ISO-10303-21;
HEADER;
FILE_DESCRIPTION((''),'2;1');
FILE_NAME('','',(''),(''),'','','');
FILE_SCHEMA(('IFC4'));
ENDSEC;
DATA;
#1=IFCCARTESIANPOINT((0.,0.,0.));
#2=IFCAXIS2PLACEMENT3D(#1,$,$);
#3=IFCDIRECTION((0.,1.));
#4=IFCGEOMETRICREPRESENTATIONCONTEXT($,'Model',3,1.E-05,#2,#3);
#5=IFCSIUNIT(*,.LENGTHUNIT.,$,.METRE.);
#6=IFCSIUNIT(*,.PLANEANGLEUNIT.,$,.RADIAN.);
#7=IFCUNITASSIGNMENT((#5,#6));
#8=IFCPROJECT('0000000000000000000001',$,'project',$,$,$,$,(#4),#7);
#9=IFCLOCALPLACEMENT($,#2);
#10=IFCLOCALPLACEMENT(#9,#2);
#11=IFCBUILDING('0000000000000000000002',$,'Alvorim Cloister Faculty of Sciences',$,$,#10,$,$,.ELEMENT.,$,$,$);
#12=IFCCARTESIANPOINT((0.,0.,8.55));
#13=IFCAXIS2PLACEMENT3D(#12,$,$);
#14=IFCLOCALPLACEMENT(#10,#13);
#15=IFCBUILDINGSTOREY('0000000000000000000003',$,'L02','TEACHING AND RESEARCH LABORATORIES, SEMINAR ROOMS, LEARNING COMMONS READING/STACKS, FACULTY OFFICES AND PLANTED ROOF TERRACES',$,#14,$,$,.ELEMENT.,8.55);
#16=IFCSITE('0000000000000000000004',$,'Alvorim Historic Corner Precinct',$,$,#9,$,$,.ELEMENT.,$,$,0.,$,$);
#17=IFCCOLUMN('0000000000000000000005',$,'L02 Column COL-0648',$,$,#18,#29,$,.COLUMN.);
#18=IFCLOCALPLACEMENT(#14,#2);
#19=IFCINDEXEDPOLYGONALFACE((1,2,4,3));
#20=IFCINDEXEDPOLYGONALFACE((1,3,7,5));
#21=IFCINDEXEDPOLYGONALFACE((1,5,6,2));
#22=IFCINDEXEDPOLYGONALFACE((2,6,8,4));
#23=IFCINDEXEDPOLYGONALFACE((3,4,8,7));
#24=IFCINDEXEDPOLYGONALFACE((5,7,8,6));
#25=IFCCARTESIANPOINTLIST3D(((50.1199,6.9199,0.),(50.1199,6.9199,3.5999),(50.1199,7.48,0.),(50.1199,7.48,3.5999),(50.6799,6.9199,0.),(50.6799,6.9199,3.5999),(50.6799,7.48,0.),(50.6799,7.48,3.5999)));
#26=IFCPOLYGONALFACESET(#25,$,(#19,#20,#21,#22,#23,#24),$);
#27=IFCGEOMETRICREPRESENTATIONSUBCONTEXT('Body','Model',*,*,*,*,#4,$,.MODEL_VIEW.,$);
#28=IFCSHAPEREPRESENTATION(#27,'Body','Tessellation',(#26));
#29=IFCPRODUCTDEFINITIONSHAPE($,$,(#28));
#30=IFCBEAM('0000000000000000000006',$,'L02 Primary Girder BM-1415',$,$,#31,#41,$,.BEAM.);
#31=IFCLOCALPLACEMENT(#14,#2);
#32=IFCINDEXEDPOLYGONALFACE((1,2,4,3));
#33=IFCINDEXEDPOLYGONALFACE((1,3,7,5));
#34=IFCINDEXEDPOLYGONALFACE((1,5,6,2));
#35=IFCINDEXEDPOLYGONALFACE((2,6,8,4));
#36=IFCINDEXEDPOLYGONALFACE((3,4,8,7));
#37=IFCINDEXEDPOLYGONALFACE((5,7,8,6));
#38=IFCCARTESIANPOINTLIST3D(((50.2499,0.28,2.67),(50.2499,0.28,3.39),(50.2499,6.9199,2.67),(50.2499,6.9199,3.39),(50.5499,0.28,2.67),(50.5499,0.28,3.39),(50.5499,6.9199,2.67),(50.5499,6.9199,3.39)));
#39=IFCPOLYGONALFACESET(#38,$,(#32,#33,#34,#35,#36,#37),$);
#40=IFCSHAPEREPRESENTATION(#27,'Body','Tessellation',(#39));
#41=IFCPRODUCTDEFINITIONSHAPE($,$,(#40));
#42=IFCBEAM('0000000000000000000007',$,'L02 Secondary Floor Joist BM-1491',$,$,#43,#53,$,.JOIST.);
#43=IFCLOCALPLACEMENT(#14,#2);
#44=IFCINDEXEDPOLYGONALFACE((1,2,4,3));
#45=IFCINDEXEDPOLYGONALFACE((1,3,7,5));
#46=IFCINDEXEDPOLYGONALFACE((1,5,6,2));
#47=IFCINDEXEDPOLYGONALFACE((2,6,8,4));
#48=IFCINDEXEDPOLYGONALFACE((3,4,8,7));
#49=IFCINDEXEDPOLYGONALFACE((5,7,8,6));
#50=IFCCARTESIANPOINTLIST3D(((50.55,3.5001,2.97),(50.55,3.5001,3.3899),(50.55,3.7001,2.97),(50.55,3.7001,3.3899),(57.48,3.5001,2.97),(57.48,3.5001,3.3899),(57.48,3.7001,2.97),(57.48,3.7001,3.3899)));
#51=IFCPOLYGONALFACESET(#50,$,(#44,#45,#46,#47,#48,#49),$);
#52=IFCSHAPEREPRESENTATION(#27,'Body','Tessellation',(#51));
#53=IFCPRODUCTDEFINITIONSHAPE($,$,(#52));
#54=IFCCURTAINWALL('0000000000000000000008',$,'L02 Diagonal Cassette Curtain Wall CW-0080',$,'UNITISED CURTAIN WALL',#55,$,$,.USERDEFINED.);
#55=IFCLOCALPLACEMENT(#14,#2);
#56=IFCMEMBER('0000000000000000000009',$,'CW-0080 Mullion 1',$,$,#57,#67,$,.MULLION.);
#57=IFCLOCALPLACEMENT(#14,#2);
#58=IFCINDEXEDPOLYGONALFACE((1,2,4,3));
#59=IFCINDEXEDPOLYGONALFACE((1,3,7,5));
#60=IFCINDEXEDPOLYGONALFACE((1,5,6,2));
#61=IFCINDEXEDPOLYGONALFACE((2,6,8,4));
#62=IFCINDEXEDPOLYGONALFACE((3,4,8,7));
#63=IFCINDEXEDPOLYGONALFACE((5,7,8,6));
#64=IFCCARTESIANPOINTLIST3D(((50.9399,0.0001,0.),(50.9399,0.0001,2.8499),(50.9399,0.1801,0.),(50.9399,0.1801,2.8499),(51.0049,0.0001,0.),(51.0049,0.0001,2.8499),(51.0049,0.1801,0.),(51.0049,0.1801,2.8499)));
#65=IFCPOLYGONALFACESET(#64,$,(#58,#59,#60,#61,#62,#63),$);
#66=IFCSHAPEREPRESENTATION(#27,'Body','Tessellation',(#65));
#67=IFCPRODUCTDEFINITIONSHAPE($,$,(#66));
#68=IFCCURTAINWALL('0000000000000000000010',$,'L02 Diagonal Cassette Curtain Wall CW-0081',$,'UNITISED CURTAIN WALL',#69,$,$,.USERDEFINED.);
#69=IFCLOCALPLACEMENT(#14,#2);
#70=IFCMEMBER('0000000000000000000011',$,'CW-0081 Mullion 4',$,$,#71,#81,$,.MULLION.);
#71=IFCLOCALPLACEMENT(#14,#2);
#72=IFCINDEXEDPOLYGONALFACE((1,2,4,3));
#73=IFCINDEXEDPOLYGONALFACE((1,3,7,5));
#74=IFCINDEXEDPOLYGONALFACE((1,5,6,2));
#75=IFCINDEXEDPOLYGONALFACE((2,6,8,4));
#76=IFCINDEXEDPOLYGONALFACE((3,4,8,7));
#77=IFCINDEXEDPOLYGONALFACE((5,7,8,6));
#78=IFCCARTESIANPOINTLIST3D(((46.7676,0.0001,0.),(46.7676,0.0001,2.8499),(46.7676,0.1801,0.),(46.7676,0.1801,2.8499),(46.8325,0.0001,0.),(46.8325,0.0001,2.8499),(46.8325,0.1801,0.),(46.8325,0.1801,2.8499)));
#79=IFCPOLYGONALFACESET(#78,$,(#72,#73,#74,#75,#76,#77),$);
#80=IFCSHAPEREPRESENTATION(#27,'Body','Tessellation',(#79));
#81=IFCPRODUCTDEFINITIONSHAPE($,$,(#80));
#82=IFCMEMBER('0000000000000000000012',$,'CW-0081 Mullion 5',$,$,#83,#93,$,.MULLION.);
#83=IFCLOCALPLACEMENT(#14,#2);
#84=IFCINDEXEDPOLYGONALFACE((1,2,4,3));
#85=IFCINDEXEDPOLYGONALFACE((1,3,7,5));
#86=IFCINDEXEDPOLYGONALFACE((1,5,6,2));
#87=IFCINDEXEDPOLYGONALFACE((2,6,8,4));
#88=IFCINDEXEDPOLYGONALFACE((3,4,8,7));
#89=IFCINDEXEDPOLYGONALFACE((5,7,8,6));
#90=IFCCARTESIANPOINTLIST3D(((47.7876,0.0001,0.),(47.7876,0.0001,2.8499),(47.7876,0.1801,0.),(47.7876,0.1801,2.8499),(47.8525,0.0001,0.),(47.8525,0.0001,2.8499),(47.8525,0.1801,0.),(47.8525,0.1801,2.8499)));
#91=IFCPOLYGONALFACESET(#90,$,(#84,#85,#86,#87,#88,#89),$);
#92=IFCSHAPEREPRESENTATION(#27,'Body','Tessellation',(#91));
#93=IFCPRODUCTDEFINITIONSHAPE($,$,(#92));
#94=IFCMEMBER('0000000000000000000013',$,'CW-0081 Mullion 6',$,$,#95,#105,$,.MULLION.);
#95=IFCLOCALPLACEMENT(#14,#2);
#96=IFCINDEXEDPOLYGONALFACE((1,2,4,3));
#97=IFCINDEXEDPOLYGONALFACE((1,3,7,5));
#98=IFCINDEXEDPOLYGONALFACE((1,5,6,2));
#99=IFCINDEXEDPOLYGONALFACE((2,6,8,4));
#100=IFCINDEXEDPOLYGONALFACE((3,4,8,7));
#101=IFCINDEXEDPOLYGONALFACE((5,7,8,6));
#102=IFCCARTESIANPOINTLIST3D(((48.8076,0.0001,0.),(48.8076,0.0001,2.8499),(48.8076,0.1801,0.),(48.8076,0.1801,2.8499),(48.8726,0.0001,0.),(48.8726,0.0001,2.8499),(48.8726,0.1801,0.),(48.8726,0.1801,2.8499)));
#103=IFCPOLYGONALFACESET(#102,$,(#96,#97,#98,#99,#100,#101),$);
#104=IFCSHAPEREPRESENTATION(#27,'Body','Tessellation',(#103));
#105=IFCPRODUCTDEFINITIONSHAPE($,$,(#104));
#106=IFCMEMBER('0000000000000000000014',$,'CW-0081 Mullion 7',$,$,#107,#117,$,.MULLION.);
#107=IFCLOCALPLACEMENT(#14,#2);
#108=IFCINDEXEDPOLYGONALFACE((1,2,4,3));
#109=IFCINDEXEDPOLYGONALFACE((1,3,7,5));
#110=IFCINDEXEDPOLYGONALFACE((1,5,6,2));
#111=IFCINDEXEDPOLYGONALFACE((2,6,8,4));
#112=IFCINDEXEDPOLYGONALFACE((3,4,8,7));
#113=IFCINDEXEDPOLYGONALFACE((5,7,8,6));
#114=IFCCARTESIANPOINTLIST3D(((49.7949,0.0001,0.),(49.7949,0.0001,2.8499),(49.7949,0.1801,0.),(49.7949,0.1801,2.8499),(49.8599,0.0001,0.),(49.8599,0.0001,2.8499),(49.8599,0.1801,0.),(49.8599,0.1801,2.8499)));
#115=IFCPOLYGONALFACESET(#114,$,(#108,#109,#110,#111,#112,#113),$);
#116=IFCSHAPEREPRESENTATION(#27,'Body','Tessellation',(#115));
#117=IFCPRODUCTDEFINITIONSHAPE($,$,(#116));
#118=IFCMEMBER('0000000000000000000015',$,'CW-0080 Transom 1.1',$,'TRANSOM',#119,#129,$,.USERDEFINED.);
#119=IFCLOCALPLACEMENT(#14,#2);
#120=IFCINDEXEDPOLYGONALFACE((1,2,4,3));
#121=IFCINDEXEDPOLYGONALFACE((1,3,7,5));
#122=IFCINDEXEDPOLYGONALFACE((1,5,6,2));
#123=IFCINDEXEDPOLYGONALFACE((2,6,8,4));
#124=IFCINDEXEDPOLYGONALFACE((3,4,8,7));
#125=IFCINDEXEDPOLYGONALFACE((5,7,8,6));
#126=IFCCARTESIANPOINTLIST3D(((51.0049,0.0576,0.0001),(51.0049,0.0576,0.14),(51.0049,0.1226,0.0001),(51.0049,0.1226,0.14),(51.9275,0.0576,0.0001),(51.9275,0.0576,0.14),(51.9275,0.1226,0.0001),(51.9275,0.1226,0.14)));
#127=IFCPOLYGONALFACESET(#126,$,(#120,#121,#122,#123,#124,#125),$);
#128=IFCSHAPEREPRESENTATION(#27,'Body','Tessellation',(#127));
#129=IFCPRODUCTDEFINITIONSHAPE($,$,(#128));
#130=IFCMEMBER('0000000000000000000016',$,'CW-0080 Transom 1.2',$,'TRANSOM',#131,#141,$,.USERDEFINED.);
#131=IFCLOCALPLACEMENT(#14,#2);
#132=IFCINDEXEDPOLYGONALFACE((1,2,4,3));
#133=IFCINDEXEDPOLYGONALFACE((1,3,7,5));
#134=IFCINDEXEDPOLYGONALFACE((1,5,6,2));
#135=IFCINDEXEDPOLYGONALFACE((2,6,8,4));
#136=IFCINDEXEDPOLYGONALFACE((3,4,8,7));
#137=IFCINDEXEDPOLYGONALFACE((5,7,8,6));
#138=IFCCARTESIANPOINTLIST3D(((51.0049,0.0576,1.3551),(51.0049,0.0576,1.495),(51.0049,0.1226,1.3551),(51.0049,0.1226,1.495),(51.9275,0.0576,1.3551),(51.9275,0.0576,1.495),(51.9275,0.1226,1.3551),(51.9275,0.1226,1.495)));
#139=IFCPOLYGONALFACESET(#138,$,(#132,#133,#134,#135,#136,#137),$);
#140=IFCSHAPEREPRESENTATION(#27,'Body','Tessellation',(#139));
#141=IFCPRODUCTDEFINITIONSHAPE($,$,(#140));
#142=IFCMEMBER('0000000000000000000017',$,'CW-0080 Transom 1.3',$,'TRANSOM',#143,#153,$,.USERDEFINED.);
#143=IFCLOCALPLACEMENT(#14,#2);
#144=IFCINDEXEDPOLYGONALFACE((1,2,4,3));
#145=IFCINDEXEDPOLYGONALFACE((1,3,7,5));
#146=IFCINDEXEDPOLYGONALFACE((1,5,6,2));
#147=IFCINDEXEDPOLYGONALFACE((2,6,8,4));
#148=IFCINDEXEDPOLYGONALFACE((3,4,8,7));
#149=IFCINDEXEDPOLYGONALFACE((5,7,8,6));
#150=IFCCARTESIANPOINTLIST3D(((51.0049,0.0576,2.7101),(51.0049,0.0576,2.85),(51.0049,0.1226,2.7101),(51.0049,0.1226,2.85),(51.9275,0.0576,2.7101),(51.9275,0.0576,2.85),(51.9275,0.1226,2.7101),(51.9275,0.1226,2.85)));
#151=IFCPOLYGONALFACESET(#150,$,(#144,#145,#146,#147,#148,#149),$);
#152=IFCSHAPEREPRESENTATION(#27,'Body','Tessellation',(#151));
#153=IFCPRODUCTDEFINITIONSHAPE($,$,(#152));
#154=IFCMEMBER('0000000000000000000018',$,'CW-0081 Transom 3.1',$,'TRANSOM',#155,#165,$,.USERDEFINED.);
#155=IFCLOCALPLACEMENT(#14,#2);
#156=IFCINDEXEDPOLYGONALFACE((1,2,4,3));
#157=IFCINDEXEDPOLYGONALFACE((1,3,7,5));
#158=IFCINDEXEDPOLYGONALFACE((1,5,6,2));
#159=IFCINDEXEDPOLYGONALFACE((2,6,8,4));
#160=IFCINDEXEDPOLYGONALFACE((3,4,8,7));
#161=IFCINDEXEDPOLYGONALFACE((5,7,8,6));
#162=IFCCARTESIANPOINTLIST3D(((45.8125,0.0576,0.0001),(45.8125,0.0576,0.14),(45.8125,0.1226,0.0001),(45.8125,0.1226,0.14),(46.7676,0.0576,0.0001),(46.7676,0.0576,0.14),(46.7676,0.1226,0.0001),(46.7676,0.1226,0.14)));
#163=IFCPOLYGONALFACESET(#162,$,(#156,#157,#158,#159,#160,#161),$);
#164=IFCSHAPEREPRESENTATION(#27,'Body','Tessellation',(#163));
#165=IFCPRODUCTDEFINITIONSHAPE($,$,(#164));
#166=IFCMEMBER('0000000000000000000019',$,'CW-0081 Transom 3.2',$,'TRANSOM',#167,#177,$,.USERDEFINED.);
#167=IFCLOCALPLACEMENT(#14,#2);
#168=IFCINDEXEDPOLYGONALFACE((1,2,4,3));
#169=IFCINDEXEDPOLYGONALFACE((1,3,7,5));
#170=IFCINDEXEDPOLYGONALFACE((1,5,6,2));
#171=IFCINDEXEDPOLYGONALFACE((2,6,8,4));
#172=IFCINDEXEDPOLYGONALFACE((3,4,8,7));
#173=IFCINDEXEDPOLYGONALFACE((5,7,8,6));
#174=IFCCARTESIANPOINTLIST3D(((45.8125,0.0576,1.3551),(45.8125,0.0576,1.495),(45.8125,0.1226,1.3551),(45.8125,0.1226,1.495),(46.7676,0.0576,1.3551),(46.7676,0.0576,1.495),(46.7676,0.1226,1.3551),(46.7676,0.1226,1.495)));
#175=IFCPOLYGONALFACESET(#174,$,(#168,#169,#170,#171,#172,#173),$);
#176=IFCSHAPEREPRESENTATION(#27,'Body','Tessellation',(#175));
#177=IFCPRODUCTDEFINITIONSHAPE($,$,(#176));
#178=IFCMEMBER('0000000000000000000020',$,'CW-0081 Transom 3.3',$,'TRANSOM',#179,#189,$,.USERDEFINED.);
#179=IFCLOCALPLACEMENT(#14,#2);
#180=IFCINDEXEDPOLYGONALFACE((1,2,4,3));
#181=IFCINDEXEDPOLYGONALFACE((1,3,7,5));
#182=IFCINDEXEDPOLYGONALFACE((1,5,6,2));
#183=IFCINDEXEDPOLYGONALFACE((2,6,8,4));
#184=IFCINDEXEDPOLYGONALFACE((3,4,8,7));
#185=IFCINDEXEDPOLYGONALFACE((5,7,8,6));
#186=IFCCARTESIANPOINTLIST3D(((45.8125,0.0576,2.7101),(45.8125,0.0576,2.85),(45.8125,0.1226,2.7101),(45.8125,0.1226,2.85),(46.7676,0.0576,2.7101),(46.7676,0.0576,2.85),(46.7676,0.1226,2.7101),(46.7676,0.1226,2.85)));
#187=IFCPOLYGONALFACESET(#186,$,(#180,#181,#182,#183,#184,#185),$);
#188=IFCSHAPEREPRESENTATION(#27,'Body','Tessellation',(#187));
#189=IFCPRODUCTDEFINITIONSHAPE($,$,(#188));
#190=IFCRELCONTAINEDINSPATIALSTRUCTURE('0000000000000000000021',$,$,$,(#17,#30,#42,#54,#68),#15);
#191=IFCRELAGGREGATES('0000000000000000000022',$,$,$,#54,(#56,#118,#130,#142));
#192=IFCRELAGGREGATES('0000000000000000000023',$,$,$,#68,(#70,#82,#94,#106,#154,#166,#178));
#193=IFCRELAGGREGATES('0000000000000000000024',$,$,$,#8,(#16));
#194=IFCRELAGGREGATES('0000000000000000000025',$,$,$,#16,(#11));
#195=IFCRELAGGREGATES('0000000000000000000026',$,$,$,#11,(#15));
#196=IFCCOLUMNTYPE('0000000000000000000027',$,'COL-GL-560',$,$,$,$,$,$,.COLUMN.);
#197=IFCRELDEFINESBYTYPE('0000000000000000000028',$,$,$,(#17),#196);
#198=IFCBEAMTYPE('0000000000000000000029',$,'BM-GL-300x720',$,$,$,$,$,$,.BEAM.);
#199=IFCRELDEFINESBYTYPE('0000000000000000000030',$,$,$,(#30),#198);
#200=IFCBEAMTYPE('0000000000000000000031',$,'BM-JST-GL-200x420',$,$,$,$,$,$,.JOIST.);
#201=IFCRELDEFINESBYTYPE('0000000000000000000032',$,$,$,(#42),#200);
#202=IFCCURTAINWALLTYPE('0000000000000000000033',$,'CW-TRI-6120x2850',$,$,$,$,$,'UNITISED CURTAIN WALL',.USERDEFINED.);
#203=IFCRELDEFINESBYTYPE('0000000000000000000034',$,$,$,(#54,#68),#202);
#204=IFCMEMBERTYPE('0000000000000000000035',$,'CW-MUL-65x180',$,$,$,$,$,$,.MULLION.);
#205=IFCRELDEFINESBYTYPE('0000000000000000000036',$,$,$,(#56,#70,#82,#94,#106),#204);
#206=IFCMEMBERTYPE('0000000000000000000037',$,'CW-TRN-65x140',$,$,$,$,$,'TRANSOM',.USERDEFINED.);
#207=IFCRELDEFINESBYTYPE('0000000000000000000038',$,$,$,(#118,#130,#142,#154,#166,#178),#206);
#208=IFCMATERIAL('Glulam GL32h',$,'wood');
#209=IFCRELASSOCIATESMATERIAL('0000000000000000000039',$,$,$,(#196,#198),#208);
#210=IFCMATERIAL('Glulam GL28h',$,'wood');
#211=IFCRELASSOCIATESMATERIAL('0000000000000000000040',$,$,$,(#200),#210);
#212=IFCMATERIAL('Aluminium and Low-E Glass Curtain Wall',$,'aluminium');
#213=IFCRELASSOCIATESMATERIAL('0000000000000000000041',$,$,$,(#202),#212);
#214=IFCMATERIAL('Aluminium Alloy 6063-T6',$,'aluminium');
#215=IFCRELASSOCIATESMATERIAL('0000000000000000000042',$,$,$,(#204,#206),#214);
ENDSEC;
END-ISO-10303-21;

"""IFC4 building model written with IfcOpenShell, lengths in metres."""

from ifc_helpers import new_model, si_unit, direction, frame, origin, origin_2d, place, context, subcontext, project, spatial, rectangle, extrude, material, material_profile, profile_set, type_object, element, aggregate, save


model = new_model("IFC4")

# Units and contexts
model_context = context("Model", 3, precision=1e-05, world=origin(), true_north=direction((0.0, 1.0)))
body_context = subcontext(model_context, "Body", "Model", "MODEL_VIEW")
ifc_project = project(units=[si_unit("LENGTHUNIT", "METRE"), si_unit("PLANEANGLEUNIT", "RADIAN")], contexts=[model_context])

# Site, building, storey
site_placement = place(None, origin())
site = spatial("IfcSite", under=ifc_project, at=site_placement, Name="Alvorim Historic Corner Precinct", CompositionType="ELEMENT", RefElevation=0.0)
building_placement = place(site_placement, origin())
building = spatial("IfcBuilding", under=site, at=building_placement, Name="Alvorim Cloister Faculty of Sciences", CompositionType="ELEMENT")
storey_placement = place(building_placement, frame((0.0, 0.0, 8.55)))
storey = spatial("IfcBuildingStorey", under=building, at=storey_placement, Name="L02", Description="TEACHING AND RESEARCH LABORATORIES, SEMINAR ROOMS, LEARNING COMMONS READING/STACKS, FACULTY OFFICES AND PLANTED ROOF TERRACES", CompositionType="ELEMENT", Elevation=8.55)

# Column
ifc_material_1 = material(Name="Glulam GL32h", Category="wood")
ifc_material_profile_1 = material_profile(ifc_material_1, rectangle(XDim=0.5601, YDim=0.5601, at=origin_2d()), Name="GL32-COL-560x560")
ifc_profile_set_1 = profile_set([ifc_material_profile_1], Name="Glulam GL32h")
column_type = type_object("IfcColumnType", Name="COL-GL-560", PredefinedType="COLUMN", material=ifc_profile_set_1)
column_placement = place(storey_placement, frame((50.3999, 7.2, 0.0), z_axis=(0.0, 0.0, 1.0), x_axis=(1.0, 0.0, 0.0)))
element("IfcColumn", 1, at=column_placement, inside=storey, type_object=column_type, Name="L02 Column COL-0648", PredefinedType="COLUMN", context=body_context, shape_type="SweptSolid", body=[
    extrude(rectangle(XDim=0.5601, YDim=0.5601, at=origin_2d()), origin(), (0.0, 0.0, 1.0), 3.5999),
])

# Beams
ifc_material_profile_2 = material_profile(ifc_material_1, rectangle(XDim=0.3, YDim=0.72, at=origin_2d()), Name="GL32-BM-300x720")
ifc_profile_set_2 = profile_set([ifc_material_profile_2], Name="Glulam GL32h")
beam_type_1 = type_object("IfcBeamType", Name="BM-GL-300x720", PredefinedType="BEAM", material=ifc_profile_set_2)
beam_1_placement = place(storey_placement, frame((50.3999, 0.28, 3.03), z_axis=(0.0, 1.0, 0.0), x_axis=(-1.0, 0.0, 0.0)))
element("IfcBeam", 2, at=beam_1_placement, inside=storey, type_object=beam_type_1, Name="L02 Primary Girder BM-1415", PredefinedType="BEAM", context=body_context, shape_type="SweptSolid", body=[
    extrude(rectangle(XDim=0.3, YDim=0.72, at=origin_2d()), origin(), (0.0, 0.0, 1.0), 6.6399),
])
ifc_material_2 = material(Name="Glulam GL28h", Category="wood")
ifc_material_profile_3 = material_profile(ifc_material_2, rectangle(XDim=0.2, YDim=0.4199, at=origin_2d()), Name="GL28-JST-200x420")
ifc_profile_set_3 = profile_set([ifc_material_profile_3], Name="Glulam GL28h")
beam_type_2 = type_object("IfcBeamType", Name="BM-JST-GL-200x420", PredefinedType="JOIST", material=ifc_profile_set_3)
beam_2_placement = place(storey_placement, frame((50.55, 3.6001, 3.1799), z_axis=(1.0, 0.0, 0.0), x_axis=(0.0, 1.0, 0.0)))
element("IfcBeam", 3, at=beam_2_placement, inside=storey, type_object=beam_type_2, Name="L02 Secondary Floor Joist BM-1491", PredefinedType="JOIST", context=body_context, shape_type="SweptSolid", body=[
    extrude(rectangle(XDim=0.2, YDim=0.4199, at=origin_2d()), origin(), (0.0, 0.0, 1.0), 6.9299),
])

# Curtain wall, member
ifc_material_3 = material(Name="Aluminium and Low-E Glass Curtain Wall", Category="aluminium")
curtain_wall_type = type_object("IfcCurtainWallType", Name="CW-TRI-6120x2850", ElementType="UNITISED CURTAIN WALL", PredefinedType="USERDEFINED", material=ifc_material_3)
curtain_wall_1_placement = place(storey_placement, origin())
curtain_wall_1 = element("IfcCurtainWall", 4, at=curtain_wall_1_placement, inside=storey, type_object=curtain_wall_type, Name="L02 Diagonal Cassette Curtain Wall CW-0080", ObjectType="UNITISED CURTAIN WALL", PredefinedType="USERDEFINED")
ifc_material_4 = material(Name="Aluminium Alloy 6063-T6", Category="aluminium")
ifc_material_profile_4 = material_profile(ifc_material_4, rectangle(XDim=0.0649, YDim=0.1799, at=origin_2d()), Name="ALU-MUL-65x180")
ifc_profile_set_4 = profile_set([ifc_material_profile_4], Name="Aluminium Alloy 6063-T6")
member_type_1 = type_object("IfcMemberType", Name="CW-MUL-65x180", PredefinedType="MULLION", material=ifc_profile_set_4)
member_1_placement = place(storey_placement, frame((50.9724, 0.0901, 0.0), z_axis=(0.0, 0.0, 1.0), x_axis=(1.0, 0.0, 0.0)))
member_1 = element("IfcMember", 5, at=member_1_placement, type_object=member_type_1, Name="CW-0080 Mullion 1", PredefinedType="MULLION", context=body_context, shape_type="SweptSolid", body=[
    extrude(rectangle(XDim=0.0649, YDim=0.1799, at=origin_2d()), origin(), (0.0, 0.0, 1.0), 2.8499),
])

# Curtain wall, members
curtain_wall_2_placement = place(storey_placement, origin())
curtain_wall_2 = element("IfcCurtainWall", 6, at=curtain_wall_2_placement, inside=storey, type_object=curtain_wall_type, Name="L02 Diagonal Cassette Curtain Wall CW-0081", ObjectType="UNITISED CURTAIN WALL", PredefinedType="USERDEFINED")
member_2_placement = place(storey_placement, frame((46.8, 0.0901, 0.0), z_axis=(0.0, 0.0, 1.0), x_axis=(1.0, 0.0, 0.0)))
member_2 = element("IfcMember", 7, at=member_2_placement, type_object=member_type_1, Name="CW-0081 Mullion 4", PredefinedType="MULLION", context=body_context, shape_type="SweptSolid", body=[
    extrude(rectangle(XDim=0.0649, YDim=0.1799, at=origin_2d()), origin(), (0.0, 0.0, 1.0), 2.8499),
])
member_3_placement = place(storey_placement, frame((47.8201, 0.0901, 0.0), z_axis=(0.0, 0.0, 1.0), x_axis=(1.0, 0.0, 0.0)))
member_3 = element("IfcMember", 8, at=member_3_placement, type_object=member_type_1, Name="CW-0081 Mullion 5", PredefinedType="MULLION", context=body_context, shape_type="SweptSolid", body=[
    extrude(rectangle(XDim=0.0649, YDim=0.1799, at=origin_2d()), origin(), (0.0, 0.0, 1.0), 2.8499),
])
member_4_placement = place(storey_placement, frame((48.8401, 0.0901, 0.0), z_axis=(0.0, 0.0, 1.0), x_axis=(1.0, 0.0, 0.0)))
member_4 = element("IfcMember", 9, at=member_4_placement, type_object=member_type_1, Name="CW-0081 Mullion 6", PredefinedType="MULLION", context=body_context, shape_type="SweptSolid", body=[
    extrude(rectangle(XDim=0.0649, YDim=0.1799, at=origin_2d()), origin(), (0.0, 0.0, 1.0), 2.8499),
])
member_5_placement = place(storey_placement, frame((49.8274, 0.0901, 0.0), z_axis=(0.0, 0.0, 1.0), x_axis=(1.0, 0.0, 0.0)))
member_5 = element("IfcMember", 10, at=member_5_placement, type_object=member_type_1, Name="CW-0081 Mullion 7", PredefinedType="MULLION", context=body_context, shape_type="SweptSolid", body=[
    extrude(rectangle(XDim=0.0649, YDim=0.1799, at=origin_2d()), origin(), (0.0, 0.0, 1.0), 2.8499),
])

# Members
ifc_material_profile_5 = material_profile(ifc_material_4, rectangle(XDim=0.0649, YDim=0.1399, at=origin_2d()), Name="ALU-TRN-65x140")
ifc_profile_set_5 = profile_set([ifc_material_profile_5], Name="Aluminium Alloy 6063-T6")
member_type_2 = type_object("IfcMemberType", Name="CW-TRN-65x140", ElementType="TRANSOM", PredefinedType="USERDEFINED", material=ifc_profile_set_5)
member_6_placement = place(storey_placement, frame((51.0049, 0.0901, 0.0701), z_axis=(1.0, 0.0, 0.0), x_axis=(0.0, 1.0, 0.0)))
member_6 = element("IfcMember", 11, at=member_6_placement, type_object=member_type_2, Name="CW-0080 Transom 1.1", ObjectType="TRANSOM", PredefinedType="USERDEFINED", context=body_context, shape_type="SweptSolid", body=[
    extrude(rectangle(XDim=0.0649, YDim=0.1399, at=origin_2d()), origin(), (0.0, 0.0, 1.0), 0.9226),
])
member_7_placement = place(storey_placement, frame((51.0049, 0.0901, 1.425), z_axis=(1.0, 0.0, 0.0), x_axis=(0.0, 1.0, 0.0)))
member_7 = element("IfcMember", 12, at=member_7_placement, type_object=member_type_2, Name="CW-0080 Transom 1.2", ObjectType="TRANSOM", PredefinedType="USERDEFINED", context=body_context, shape_type="SweptSolid", body=[
    extrude(rectangle(XDim=0.0649, YDim=0.1399, at=origin_2d()), origin(), (0.0, 0.0, 1.0), 0.9226),
])
member_8_placement = place(storey_placement, frame((51.0049, 0.0901, 2.78), z_axis=(1.0, 0.0, 0.0), x_axis=(0.0, 1.0, 0.0)))
member_8 = element("IfcMember", 13, at=member_8_placement, type_object=member_type_2, Name="CW-0080 Transom 1.3", ObjectType="TRANSOM", PredefinedType="USERDEFINED", context=body_context, shape_type="SweptSolid", body=[
    extrude(rectangle(XDim=0.0649, YDim=0.1399, at=origin_2d()), origin(), (0.0, 0.0, 1.0), 0.9226),
])
aggregate(curtain_wall_1, [member_1, member_6, member_7, member_8])
member_9_placement = place(storey_placement, frame((45.8125, 0.0901, 0.0701), z_axis=(1.0, 0.0, 0.0), x_axis=(0.0, 1.0, 0.0)))
member_9 = element("IfcMember", 14, at=member_9_placement, type_object=member_type_2, Name="CW-0081 Transom 3.1", ObjectType="TRANSOM", PredefinedType="USERDEFINED", context=body_context, shape_type="SweptSolid", body=[
    extrude(rectangle(XDim=0.0649, YDim=0.1399, at=origin_2d()), origin(), (0.0, 0.0, 1.0), 0.9551),
])
member_10_placement = place(storey_placement, frame((45.8125, 0.0901, 1.425), z_axis=(1.0, 0.0, 0.0), x_axis=(0.0, 1.0, 0.0)))
member_10 = element("IfcMember", 15, at=member_10_placement, type_object=member_type_2, Name="CW-0081 Transom 3.2", ObjectType="TRANSOM", PredefinedType="USERDEFINED", context=body_context, shape_type="SweptSolid", body=[
    extrude(rectangle(XDim=0.0649, YDim=0.1399, at=origin_2d()), origin(), (0.0, 0.0, 1.0), 0.9551),
])
member_11_placement = place(storey_placement, frame((45.8125, 0.0901, 2.78), z_axis=(1.0, 0.0, 0.0), x_axis=(0.0, 1.0, 0.0)))
member_11 = element("IfcMember", 16, at=member_11_placement, type_object=member_type_2, Name="CW-0081 Transom 3.3", ObjectType="TRANSOM", PredefinedType="USERDEFINED", context=body_context, shape_type="SweptSolid", body=[
    extrude(rectangle(XDim=0.0649, YDim=0.1399, at=origin_2d()), origin(), (0.0, 0.0, 1.0), 0.9551),
])
aggregate(curtain_wall_2, [member_2, member_3, member_4, member_5, member_9, member_10, member_11])

save(model, "model.ifc")
